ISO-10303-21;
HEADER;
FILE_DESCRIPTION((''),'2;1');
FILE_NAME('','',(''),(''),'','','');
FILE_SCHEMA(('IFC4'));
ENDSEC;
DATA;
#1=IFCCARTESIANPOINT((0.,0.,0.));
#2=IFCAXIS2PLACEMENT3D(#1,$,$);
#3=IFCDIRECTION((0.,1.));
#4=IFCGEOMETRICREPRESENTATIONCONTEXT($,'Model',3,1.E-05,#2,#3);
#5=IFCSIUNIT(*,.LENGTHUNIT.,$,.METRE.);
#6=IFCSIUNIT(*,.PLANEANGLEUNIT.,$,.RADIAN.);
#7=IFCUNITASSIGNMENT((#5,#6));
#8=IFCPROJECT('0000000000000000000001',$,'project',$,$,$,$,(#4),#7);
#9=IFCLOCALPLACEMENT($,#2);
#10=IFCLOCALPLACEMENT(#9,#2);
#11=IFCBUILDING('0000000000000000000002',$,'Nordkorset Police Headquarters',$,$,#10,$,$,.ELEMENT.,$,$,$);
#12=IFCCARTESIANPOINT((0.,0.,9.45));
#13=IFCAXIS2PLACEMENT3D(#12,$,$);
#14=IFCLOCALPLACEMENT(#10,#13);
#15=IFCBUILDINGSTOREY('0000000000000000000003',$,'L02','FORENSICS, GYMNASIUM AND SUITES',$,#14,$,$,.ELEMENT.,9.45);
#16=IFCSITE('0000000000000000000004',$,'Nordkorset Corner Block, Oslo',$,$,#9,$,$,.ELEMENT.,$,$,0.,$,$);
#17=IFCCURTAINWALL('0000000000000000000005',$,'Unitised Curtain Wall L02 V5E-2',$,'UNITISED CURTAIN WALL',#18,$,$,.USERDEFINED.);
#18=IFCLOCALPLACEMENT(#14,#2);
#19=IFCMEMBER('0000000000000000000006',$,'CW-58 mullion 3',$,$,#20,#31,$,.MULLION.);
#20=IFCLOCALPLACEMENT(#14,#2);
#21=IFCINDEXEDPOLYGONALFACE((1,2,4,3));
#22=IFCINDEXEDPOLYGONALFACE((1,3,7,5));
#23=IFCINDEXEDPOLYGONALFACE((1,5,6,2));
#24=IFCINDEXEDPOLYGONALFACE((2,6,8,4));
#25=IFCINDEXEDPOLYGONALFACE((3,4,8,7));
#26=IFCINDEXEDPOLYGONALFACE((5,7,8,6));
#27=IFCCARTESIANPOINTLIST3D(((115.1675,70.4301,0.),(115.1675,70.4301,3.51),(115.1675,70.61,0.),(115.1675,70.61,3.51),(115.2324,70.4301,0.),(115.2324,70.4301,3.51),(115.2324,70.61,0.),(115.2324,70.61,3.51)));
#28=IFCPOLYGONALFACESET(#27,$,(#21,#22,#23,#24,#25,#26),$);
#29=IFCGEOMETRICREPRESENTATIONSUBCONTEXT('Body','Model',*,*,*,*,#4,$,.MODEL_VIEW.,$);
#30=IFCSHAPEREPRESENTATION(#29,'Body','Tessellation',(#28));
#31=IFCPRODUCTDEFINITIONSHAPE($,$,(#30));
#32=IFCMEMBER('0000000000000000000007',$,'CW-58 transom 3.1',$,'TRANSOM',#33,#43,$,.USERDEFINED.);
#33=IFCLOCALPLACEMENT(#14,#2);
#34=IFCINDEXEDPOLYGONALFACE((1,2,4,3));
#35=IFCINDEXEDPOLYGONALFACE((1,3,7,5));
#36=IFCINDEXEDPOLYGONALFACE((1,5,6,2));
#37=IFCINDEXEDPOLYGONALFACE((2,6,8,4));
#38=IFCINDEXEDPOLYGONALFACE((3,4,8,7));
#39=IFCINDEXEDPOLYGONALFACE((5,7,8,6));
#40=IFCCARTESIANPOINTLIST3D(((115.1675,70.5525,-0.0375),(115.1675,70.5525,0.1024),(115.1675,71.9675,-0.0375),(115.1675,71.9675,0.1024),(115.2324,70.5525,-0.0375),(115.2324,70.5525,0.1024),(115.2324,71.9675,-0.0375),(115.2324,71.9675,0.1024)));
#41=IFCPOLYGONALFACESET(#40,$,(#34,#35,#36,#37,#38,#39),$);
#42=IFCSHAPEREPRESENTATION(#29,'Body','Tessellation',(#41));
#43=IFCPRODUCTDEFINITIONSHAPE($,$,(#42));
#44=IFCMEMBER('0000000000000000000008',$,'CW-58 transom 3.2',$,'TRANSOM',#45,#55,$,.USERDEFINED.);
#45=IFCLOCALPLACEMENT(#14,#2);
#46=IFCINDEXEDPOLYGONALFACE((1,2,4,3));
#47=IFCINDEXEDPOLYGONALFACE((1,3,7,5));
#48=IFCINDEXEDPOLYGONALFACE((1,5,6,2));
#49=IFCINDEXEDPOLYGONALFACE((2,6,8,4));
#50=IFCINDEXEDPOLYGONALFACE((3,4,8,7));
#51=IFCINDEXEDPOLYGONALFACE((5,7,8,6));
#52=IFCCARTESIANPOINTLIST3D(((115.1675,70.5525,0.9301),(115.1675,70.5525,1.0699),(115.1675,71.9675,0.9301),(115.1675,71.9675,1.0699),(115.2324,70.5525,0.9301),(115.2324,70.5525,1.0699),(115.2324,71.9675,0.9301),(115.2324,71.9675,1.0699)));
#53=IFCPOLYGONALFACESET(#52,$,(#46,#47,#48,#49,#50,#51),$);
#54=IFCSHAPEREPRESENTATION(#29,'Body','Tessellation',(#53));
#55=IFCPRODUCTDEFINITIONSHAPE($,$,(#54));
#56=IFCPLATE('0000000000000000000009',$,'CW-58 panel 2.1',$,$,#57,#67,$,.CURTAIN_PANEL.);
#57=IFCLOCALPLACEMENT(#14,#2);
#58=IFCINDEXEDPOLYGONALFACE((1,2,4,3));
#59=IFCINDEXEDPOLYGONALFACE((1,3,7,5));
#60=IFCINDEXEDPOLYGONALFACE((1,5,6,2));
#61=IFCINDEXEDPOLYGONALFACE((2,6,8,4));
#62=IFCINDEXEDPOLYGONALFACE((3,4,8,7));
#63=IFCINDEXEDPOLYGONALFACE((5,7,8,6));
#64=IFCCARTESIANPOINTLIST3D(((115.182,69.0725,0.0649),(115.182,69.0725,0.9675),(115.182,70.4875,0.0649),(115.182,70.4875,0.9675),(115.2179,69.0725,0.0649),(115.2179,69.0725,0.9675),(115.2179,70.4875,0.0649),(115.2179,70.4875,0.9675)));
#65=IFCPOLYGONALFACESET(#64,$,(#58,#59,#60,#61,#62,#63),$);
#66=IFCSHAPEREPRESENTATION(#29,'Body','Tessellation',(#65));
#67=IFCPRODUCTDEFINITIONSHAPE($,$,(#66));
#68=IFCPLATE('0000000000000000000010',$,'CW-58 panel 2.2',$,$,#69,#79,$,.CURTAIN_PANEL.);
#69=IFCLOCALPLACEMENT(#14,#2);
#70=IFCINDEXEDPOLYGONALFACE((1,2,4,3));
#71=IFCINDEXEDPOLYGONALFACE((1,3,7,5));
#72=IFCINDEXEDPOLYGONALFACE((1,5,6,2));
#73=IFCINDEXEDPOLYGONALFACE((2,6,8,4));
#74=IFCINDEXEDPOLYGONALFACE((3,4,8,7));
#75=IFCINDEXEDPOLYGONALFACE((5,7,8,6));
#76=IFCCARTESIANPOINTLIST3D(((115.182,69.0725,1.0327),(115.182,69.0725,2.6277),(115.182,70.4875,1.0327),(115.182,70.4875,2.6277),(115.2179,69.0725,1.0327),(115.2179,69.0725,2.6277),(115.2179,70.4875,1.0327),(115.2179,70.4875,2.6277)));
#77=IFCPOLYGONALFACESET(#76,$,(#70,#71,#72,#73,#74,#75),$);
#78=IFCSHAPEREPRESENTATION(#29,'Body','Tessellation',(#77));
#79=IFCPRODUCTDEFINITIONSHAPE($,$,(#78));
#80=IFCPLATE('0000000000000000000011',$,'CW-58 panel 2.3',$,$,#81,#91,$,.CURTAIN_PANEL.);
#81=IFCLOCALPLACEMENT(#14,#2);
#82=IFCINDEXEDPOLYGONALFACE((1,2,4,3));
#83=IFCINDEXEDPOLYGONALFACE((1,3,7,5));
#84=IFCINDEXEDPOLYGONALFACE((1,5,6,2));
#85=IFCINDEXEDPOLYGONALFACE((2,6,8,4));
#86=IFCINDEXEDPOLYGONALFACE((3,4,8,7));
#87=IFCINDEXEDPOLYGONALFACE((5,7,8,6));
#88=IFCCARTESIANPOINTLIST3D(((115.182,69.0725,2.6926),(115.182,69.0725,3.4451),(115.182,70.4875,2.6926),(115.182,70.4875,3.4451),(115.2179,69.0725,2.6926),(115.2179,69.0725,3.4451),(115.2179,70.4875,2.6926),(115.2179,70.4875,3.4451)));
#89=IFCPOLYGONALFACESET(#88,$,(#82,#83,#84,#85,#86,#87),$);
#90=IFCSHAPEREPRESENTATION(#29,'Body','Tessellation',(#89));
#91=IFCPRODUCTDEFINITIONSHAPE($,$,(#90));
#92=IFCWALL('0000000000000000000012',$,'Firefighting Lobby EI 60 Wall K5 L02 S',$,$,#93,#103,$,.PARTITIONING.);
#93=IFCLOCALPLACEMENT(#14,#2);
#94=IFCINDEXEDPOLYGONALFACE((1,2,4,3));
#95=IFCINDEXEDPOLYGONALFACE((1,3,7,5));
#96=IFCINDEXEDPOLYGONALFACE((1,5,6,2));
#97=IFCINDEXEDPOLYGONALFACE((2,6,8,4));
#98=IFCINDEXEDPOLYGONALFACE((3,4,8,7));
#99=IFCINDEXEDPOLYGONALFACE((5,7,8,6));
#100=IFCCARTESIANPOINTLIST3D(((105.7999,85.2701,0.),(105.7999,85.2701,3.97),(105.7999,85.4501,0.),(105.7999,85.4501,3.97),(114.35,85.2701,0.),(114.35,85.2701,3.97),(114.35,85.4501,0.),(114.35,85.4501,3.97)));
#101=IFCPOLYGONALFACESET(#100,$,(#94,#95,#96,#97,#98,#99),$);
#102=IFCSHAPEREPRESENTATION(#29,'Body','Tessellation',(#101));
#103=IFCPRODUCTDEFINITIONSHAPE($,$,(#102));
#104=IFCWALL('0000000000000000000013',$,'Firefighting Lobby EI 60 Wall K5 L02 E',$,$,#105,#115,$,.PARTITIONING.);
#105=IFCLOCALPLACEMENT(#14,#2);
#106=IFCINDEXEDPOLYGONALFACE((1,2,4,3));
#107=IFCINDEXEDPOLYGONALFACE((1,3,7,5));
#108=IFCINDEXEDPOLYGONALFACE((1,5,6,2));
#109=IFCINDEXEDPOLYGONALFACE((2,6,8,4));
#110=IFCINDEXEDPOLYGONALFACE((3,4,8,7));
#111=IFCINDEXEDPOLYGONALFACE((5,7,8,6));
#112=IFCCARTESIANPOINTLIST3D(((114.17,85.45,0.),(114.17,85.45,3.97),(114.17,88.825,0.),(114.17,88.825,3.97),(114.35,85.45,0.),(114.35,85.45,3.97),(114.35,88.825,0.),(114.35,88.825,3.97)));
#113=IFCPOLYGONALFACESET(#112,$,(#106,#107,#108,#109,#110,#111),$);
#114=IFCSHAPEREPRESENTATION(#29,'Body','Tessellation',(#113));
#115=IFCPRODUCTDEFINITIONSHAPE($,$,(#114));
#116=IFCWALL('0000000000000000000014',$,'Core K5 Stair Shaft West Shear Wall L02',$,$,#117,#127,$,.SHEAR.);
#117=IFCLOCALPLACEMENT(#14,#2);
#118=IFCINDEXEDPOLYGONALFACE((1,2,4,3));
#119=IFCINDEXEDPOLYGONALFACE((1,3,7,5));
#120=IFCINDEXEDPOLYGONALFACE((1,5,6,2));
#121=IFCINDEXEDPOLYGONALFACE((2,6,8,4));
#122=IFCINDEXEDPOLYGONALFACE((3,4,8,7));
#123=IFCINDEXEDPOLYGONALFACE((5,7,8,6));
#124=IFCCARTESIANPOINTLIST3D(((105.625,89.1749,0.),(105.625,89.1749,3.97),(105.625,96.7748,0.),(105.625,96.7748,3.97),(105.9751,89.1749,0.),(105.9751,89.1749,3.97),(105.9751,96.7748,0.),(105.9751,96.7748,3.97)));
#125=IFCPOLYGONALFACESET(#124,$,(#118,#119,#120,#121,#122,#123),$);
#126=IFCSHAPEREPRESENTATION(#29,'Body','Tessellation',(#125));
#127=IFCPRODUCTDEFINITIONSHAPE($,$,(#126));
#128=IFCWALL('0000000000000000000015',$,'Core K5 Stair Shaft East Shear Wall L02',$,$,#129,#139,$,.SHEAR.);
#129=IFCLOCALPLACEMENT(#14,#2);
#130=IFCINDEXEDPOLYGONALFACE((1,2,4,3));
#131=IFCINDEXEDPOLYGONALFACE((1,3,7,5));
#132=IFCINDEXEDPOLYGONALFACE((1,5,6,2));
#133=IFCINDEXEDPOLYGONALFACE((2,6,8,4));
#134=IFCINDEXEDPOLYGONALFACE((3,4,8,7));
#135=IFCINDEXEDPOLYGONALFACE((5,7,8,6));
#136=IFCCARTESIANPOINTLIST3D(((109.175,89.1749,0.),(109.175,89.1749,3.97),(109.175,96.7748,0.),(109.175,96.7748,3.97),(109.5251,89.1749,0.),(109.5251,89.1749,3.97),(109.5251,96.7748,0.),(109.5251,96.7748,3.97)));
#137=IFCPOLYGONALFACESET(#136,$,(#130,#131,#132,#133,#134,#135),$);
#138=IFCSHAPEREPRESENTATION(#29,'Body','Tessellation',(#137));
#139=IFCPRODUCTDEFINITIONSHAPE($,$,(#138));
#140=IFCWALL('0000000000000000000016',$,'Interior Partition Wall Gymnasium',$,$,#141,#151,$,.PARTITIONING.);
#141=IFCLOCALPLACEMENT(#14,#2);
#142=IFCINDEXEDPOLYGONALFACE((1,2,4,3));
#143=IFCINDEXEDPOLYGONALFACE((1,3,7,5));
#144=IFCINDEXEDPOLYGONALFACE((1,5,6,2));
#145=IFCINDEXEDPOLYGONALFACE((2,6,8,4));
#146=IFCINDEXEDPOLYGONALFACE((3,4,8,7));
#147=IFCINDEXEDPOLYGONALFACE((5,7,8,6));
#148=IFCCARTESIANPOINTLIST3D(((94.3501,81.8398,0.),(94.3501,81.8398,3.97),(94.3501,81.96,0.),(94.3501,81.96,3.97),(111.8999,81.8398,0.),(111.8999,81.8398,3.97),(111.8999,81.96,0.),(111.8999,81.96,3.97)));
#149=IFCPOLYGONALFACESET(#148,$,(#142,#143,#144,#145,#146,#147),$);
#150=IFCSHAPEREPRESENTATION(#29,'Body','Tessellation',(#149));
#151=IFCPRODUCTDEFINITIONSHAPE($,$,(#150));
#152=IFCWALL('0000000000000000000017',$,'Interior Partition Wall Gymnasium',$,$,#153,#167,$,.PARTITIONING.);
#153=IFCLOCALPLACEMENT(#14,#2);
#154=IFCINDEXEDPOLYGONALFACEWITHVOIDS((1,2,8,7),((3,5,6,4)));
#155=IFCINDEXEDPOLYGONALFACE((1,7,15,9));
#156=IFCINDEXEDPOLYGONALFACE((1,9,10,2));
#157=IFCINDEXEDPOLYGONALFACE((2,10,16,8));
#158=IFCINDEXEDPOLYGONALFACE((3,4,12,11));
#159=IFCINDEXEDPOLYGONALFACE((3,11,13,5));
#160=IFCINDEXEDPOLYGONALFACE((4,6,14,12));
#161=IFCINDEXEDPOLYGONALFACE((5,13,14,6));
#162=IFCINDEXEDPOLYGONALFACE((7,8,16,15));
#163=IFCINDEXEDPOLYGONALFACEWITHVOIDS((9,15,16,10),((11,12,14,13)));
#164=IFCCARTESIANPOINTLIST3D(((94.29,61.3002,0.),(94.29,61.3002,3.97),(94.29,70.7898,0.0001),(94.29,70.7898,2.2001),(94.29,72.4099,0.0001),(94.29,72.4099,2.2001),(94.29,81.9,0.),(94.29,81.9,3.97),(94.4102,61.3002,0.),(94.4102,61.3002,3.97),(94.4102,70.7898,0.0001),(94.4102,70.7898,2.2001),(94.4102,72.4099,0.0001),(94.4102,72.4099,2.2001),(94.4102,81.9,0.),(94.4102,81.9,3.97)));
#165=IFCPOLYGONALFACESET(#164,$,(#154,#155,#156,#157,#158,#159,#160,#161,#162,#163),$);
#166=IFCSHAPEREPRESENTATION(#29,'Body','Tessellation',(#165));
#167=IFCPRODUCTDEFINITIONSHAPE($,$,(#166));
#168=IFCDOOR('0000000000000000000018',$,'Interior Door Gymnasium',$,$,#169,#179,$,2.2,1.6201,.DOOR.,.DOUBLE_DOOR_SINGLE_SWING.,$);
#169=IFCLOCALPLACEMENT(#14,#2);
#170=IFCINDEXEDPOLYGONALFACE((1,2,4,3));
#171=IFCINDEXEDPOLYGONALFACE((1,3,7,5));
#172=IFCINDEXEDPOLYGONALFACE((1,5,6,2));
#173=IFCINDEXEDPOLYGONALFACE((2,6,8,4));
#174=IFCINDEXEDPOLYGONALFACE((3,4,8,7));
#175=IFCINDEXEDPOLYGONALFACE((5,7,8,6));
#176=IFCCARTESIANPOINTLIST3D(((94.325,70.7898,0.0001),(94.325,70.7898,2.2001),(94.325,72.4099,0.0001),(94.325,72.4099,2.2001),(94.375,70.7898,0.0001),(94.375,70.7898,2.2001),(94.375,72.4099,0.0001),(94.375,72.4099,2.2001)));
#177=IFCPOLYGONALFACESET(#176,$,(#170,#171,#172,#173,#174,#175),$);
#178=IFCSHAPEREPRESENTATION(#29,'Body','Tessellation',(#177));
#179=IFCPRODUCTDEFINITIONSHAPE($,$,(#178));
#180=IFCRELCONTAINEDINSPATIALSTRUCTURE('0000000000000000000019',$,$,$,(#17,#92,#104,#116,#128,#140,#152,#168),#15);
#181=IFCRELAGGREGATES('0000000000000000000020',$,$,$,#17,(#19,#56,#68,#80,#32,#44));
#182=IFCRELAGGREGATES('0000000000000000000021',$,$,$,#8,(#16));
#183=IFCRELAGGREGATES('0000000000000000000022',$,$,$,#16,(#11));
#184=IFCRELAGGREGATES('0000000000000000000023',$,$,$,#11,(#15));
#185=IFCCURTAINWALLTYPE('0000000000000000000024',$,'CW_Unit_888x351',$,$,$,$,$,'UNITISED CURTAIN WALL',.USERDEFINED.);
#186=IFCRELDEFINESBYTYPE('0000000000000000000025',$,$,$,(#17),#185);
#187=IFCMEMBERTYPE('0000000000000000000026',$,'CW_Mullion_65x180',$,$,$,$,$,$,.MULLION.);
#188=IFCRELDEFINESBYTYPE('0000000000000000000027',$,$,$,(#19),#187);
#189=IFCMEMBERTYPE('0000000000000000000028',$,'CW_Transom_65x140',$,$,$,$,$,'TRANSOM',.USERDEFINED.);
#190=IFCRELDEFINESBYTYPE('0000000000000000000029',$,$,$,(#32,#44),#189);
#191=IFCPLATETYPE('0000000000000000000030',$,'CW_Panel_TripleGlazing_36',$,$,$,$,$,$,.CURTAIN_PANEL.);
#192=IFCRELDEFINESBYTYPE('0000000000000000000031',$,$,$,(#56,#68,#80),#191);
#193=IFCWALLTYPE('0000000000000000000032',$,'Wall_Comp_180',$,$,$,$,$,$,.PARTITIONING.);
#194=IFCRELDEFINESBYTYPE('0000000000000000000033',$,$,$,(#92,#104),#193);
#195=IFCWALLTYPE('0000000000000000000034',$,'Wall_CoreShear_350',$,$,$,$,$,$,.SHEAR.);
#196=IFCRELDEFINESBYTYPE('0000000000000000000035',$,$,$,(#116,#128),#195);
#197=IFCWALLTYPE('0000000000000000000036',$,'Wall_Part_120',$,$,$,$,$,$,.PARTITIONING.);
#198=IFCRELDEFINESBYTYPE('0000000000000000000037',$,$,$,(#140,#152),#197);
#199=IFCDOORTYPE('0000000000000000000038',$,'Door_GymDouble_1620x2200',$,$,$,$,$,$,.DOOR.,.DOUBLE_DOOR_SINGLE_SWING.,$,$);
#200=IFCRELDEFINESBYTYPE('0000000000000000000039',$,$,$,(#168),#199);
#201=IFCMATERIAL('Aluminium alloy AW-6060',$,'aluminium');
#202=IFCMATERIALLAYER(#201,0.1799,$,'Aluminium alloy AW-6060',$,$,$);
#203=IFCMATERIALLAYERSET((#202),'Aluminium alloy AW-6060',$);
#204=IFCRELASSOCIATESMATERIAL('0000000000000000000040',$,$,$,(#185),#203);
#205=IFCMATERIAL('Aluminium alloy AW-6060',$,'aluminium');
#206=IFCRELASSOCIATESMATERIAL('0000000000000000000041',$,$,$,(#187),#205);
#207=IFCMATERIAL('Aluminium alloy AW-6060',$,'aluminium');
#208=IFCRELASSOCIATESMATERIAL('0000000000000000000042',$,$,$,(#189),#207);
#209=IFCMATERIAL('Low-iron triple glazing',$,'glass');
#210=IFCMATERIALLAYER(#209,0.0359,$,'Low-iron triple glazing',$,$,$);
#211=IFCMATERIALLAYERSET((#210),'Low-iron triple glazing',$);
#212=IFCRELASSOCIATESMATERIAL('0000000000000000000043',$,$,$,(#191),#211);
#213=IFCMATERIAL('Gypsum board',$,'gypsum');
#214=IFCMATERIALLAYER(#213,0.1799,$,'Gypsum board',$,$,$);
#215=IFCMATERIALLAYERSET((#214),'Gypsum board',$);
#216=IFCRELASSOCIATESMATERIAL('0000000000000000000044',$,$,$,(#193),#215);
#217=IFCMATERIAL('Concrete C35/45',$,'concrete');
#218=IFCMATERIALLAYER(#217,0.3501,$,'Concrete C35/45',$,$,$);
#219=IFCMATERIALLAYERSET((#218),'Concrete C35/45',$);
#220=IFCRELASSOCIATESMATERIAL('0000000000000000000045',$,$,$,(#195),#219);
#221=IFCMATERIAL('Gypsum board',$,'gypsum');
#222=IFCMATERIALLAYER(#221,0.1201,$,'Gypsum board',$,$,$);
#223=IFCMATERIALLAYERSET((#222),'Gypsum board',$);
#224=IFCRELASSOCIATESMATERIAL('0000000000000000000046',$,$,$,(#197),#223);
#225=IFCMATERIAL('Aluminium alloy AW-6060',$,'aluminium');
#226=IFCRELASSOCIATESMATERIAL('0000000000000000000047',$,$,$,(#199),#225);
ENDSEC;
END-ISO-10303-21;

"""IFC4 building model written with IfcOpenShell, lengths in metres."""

from ifc_helpers import new_model, si_unit, direction, frame, frame_2d, origin, origin_2d, place, context, subcontext, project, spatial, rectangle, extrude, material, layer, layer_set, material_profile, profile_set, type_object, element, fill, aggregate, save


model = new_model("IFC4")

# Units and contexts
model_context = context("Model", 3, precision=1e-05, world=origin(), true_north=direction((0.0, 1.0)))
body_context = subcontext(model_context, "Body", "Model", "MODEL_VIEW")
ifc_project = project(units=[si_unit("LENGTHUNIT", "METRE"), si_unit("PLANEANGLEUNIT", "RADIAN")], contexts=[model_context])

# Site, building, storey
site_placement = place(None, origin())
site = spatial("IfcSite", under=ifc_project, at=site_placement, Name="Nordkorset Corner Block, Oslo", CompositionType="ELEMENT", RefElevation=0.0)
building_placement = place(site_placement, origin())
building = spatial("IfcBuilding", under=site, at=building_placement, Name="Nordkorset Police Headquarters", CompositionType="ELEMENT")
storey_placement = place(building_placement, frame((0.0, 0.0, 9.45)))
storey = spatial("IfcBuildingStorey", under=building, at=storey_placement, Name="L02", Description="FORENSICS, GYMNASIUM AND SUITES", CompositionType="ELEMENT", Elevation=9.45)

# Curtain wall, members, plates
ifc_material_1 = material(Name="Aluminium alloy AW-6060", Category="aluminium")
ifc_layer_1 = layer(ifc_material_1, 0.1799, Name="Aluminium alloy AW-6060")
ifc_layer_set_1 = layer_set([ifc_layer_1], Name="Aluminium alloy AW-6060")
curtain_wall_type = type_object("IfcCurtainWallType", Name="CW_Unit_888x351", ElementType="UNITISED CURTAIN WALL", PredefinedType="USERDEFINED", material=ifc_layer_set_1)
curtain_wall_placement = place(storey_placement, origin())
curtain_wall = element("IfcCurtainWall", 1, at=curtain_wall_placement, inside=storey, type_object=curtain_wall_type, Name="Unitised Curtain Wall L02 V5E-2", ObjectType="UNITISED CURTAIN WALL", PredefinedType="USERDEFINED")
ifc_material_2 = material(Name="Aluminium alloy AW-6060", Category="aluminium")
ifc_material_profile_1 = material_profile(ifc_material_2, rectangle(XDim=0.0649, YDim=0.1799, at=origin_2d()), Name="ALU MULL 65x180")
ifc_profile_set_1 = profile_set([ifc_material_profile_1], Name="Aluminium alloy AW-6060")
member_type_1 = type_object("IfcMemberType", Name="CW_Mullion_65x180", PredefinedType="MULLION", material=ifc_profile_set_1)
member_1_placement = place(storey_placement, frame((115.2, 70.52, 0.0), z_axis=(0.0, 0.0, 1.0), x_axis=(-1.0, 0.0, 0.0)))
member_1 = element("IfcMember", 2, at=member_1_placement, type_object=member_type_1, Name="CW-58 mullion 3", PredefinedType="MULLION", context=body_context, shape_type="SweptSolid", body=[
    extrude(rectangle(XDim=0.0649, YDim=0.1799, at=origin_2d()), origin(), (0.0, 0.0, 1.0), 3.51),
])
ifc_material_3 = material(Name="Aluminium alloy AW-6060", Category="aluminium")
ifc_material_profile_2 = material_profile(ifc_material_3, rectangle(XDim=0.0649, YDim=0.1399, at=origin_2d()), Name="ALU TRAN 65x140")
ifc_profile_set_2 = profile_set([ifc_material_profile_2], Name="Aluminium alloy AW-6060")
member_type_2 = type_object("IfcMemberType", Name="CW_Transom_65x140", ElementType="TRANSOM", PredefinedType="USERDEFINED", material=ifc_profile_set_2)
member_2_placement = place(storey_placement, frame((115.2, 70.5525, 0.0325), z_axis=(0.0, 1.0, 0.0), x_axis=(-1.0, 0.0, 0.0)))
member_2 = element("IfcMember", 3, at=member_2_placement, type_object=member_type_2, Name="CW-58 transom 3.1", ObjectType="TRANSOM", PredefinedType="USERDEFINED", context=body_context, shape_type="SweptSolid", body=[
    extrude(rectangle(XDim=0.0649, YDim=0.1399, at=origin_2d()), origin(), (0.0, 0.0, 1.0), 1.415),
])
member_3_placement = place(storey_placement, frame((115.2, 70.5525, 1.0), z_axis=(0.0, 1.0, 0.0), x_axis=(-1.0, 0.0, 0.0)))
member_3 = element("IfcMember", 4, at=member_3_placement, type_object=member_type_2, Name="CW-58 transom 3.2", ObjectType="TRANSOM", PredefinedType="USERDEFINED", context=body_context, shape_type="SweptSolid", body=[
    extrude(rectangle(XDim=0.0649, YDim=0.1399, at=origin_2d()), origin(), (0.0, 0.0, 1.0), 1.415),
])
ifc_material_4 = material(Name="Low-iron triple glazing", Category="glass")
ifc_layer_2 = layer(ifc_material_4, 0.0359, Name="Low-iron triple glazing")
ifc_layer_set_2 = layer_set([ifc_layer_2], Name="Low-iron triple glazing")
plate_type = type_object("IfcPlateType", Name="CW_Panel_TripleGlazing_36", PredefinedType="CURTAIN_PANEL", material=ifc_layer_set_2)
plate_1_placement = place(storey_placement, frame((115.2, 69.78, 0.0649), z_axis=(0.0, 0.0, 1.0), x_axis=(0.0, 1.0, 0.0)))
plate_1 = element("IfcPlate", 5, at=plate_1_placement, type_object=plate_type, Name="CW-58 panel 2.1", PredefinedType="CURTAIN_PANEL", context=body_context, shape_type="SweptSolid", body=[
    extrude(rectangle(XDim=1.415, YDim=0.0359, at=origin_2d()), origin(), (0.0, 0.0, 1.0), 0.9026),
])
plate_2_placement = place(storey_placement, frame((115.2, 69.78, 1.0327), z_axis=(0.0, 0.0, 1.0), x_axis=(0.0, 1.0, 0.0)))
plate_2 = element("IfcPlate", 6, at=plate_2_placement, type_object=plate_type, Name="CW-58 panel 2.2", PredefinedType="CURTAIN_PANEL", context=body_context, shape_type="SweptSolid", body=[
    extrude(rectangle(XDim=1.415, YDim=0.0359, at=origin_2d()), origin(), (0.0, 0.0, 1.0), 1.595),
])
plate_3_placement = place(storey_placement, frame((115.2, 69.78, 2.6926), z_axis=(0.0, 0.0, 1.0), x_axis=(0.0, 1.0, 0.0)))
plate_3 = element("IfcPlate", 7, at=plate_3_placement, type_object=plate_type, Name="CW-58 panel 2.3", PredefinedType="CURTAIN_PANEL", context=body_context, shape_type="SweptSolid", body=[
    extrude(rectangle(XDim=1.415, YDim=0.0359, at=origin_2d()), origin(), (0.0, 0.0, 1.0), 0.7524),
])
aggregate(curtain_wall, [member_1, plate_1, plate_2, plate_3, member_2, member_3])

# Wall
ifc_material_5 = material(Name="Gypsum board", Category="gypsum")
ifc_layer_3 = layer(ifc_material_5, 0.1799, Name="Gypsum board")
ifc_layer_set_3 = layer_set([ifc_layer_3], Name="Gypsum board")
wall_type_1 = type_object("IfcWallType", Name="Wall_Comp_180", PredefinedType="PARTITIONING", material=ifc_layer_set_3)
wall_1_placement = place(storey_placement, frame((105.8, 85.3601, 0.0), z_axis=(0.0, 0.0, 1.0), x_axis=(1.0, 0.0, 0.0)))
element("IfcWall", 8, at=wall_1_placement, inside=storey, type_object=wall_type_1, Name="Firefighting Lobby EI 60 Wall K5 L02 S", PredefinedType="PARTITIONING", context=body_context, shape_type="SweptSolid", body=[
    extrude(rectangle(XDim=8.55, YDim=0.1799, at=frame_2d((4.2749, 0.0))), origin(), (0.0, 0.0, 1.0), 3.97),
])

# Wall
wall_2_placement = place(storey_placement, frame((114.26, 85.45, 0.0), z_axis=(0.0, 0.0, 1.0), x_axis=(0.0, 1.0, 0.0)))
element("IfcWall", 9, at=wall_2_placement, inside=storey, type_object=wall_type_1, Name="Firefighting Lobby EI 60 Wall K5 L02 E", PredefinedType="PARTITIONING", context=body_context, shape_type="SweptSolid", body=[
    extrude(rectangle(XDim=3.375, YDim=0.1799, at=frame_2d((1.6875, 0.0))), origin(), (0.0, 0.0, 1.0), 3.97),
])

# Shared definitions
ifc_material_6 = material(Name="Concrete C35/45", Category="concrete")
ifc_layer_4 = layer(ifc_material_6, 0.3501, Name="Concrete C35/45")
ifc_layer_set_4 = layer_set([ifc_layer_4], Name="Concrete C35/45")
wall_type_2 = type_object("IfcWallType", Name="Wall_CoreShear_350", PredefinedType="SHEAR", material=ifc_layer_set_4)

# Walls
for number, where, z_axis, x_axis, name in (
    (10, (105.8, 89.175, 0.0), (0.0, 0.0, 1.0), (0.0, 1.0, 0.0), "Core K5 Stair Shaft West Shear Wall L02"),
    (11, (109.3501, 89.175, 0.0), (0.0, 0.0, 1.0), (0.0, 1.0, 0.0), "Core K5 Stair Shaft East Shear Wall L02"),
):
    element("IfcWall", number, at=place(storey_placement, frame(where, z_axis=z_axis, x_axis=x_axis)), inside=storey, type_object=wall_type_2, Name=name, PredefinedType="SHEAR", context=body_context, shape_type="SweptSolid", body=[
        extrude(rectangle(XDim=7.5999, YDim=0.3501, at=frame_2d((3.7998, 0.0))), origin(), (0.0, 0.0, 1.0), 3.97),
    ])
ifc_material_7 = material(Name="Gypsum board", Category="gypsum")
ifc_layer_5 = layer(ifc_material_7, 0.1201, Name="Gypsum board")
ifc_layer_set_5 = layer_set([ifc_layer_5], Name="Gypsum board")
wall_type_3 = type_object("IfcWallType", Name="Wall_Part_120", PredefinedType="PARTITIONING", material=ifc_layer_set_5)
wall_3_placement = place(storey_placement, frame((111.8999, 81.8999, 0.0), z_axis=(0.0, 0.0, 1.0), x_axis=(-1.0, 0.0, 0.0)))
element("IfcWall", 12, at=wall_3_placement, inside=storey, type_object=wall_type_3, Name="Interior Partition Wall Gymnasium", PredefinedType="PARTITIONING", context=body_context, shape_type="SweptSolid", body=[
    extrude(rectangle(XDim=17.5498, YDim=0.1201, at=frame_2d((8.7749, 0.0))), origin(), (0.0, 0.0, 1.0), 3.97),
])

# Wall, opening, door
wall_4_placement = place(storey_placement, frame((94.3501, 81.8999, 0.0), z_axis=(0.0, 0.0, 1.0), x_axis=(0.0, -1.0, 0.0)))
wall_4 = element("IfcWall", 13, at=wall_4_placement, inside=storey, type_object=wall_type_3, Name="Interior Partition Wall Gymnasium", PredefinedType="PARTITIONING", context=body_context, shape_type="SweptSolid", body=[
    extrude(rectangle(XDim=20.5999, YDim=0.1201, at=frame_2d((10.2998, 0.0))), origin(), (0.0, 0.0, 1.0), 3.97),
])
opening_1_placement = place(wall_4_placement, frame((9.49, 0.0, 0.0)))
opening_1 = element("IfcOpeningElement", 14, at=opening_1_placement, cuts=wall_4, PredefinedType="OPENING", context=body_context, shape_type="SweptSolid", body=[
    extrude(rectangle(XDim=1.6201, YDim=2.2, at=frame_2d((0.8101, 1.1001))), frame((0.0, 0.0701, 0.0), z_axis=(0.0, -1.0, 0.0), x_axis=(1.0, 0.0, 0.0)), (0.0, 0.0, 1.0), 0.1401),
])
ifc_material_8 = material(Name="Aluminium alloy AW-6060", Category="aluminium")
door_type_1 = type_object("IfcDoorType", Name="Door_GymDouble_1620x2200", OperationType="DOUBLE_DOOR_SINGLE_SWING", PredefinedType="DOOR", material=ifc_material_8)
door_1_placement = place(opening_1_placement, origin())
door_1 = element("IfcDoor", 15, at=door_1_placement, inside=storey, type_object=door_type_1, Name="Interior Door Gymnasium", OperationType="DOUBLE_DOOR_SINGLE_SWING", OverallHeight=2.2, OverallWidth=1.6201, PredefinedType="DOOR", context=body_context, shape_type="SweptSolid", body=[
    extrude(rectangle(XDim=1.6201, YDim=2.2, at=frame_2d((0.8101, 1.1001))), frame((0.0, 0.0249, 0.0), z_axis=(0.0, -1.0, 0.0), x_axis=(1.0, 0.0, 0.0)), (0.0, 0.0, 1.0), 0.05),
])
fill(opening_1, door_1)

save(model, "model.ifc")
